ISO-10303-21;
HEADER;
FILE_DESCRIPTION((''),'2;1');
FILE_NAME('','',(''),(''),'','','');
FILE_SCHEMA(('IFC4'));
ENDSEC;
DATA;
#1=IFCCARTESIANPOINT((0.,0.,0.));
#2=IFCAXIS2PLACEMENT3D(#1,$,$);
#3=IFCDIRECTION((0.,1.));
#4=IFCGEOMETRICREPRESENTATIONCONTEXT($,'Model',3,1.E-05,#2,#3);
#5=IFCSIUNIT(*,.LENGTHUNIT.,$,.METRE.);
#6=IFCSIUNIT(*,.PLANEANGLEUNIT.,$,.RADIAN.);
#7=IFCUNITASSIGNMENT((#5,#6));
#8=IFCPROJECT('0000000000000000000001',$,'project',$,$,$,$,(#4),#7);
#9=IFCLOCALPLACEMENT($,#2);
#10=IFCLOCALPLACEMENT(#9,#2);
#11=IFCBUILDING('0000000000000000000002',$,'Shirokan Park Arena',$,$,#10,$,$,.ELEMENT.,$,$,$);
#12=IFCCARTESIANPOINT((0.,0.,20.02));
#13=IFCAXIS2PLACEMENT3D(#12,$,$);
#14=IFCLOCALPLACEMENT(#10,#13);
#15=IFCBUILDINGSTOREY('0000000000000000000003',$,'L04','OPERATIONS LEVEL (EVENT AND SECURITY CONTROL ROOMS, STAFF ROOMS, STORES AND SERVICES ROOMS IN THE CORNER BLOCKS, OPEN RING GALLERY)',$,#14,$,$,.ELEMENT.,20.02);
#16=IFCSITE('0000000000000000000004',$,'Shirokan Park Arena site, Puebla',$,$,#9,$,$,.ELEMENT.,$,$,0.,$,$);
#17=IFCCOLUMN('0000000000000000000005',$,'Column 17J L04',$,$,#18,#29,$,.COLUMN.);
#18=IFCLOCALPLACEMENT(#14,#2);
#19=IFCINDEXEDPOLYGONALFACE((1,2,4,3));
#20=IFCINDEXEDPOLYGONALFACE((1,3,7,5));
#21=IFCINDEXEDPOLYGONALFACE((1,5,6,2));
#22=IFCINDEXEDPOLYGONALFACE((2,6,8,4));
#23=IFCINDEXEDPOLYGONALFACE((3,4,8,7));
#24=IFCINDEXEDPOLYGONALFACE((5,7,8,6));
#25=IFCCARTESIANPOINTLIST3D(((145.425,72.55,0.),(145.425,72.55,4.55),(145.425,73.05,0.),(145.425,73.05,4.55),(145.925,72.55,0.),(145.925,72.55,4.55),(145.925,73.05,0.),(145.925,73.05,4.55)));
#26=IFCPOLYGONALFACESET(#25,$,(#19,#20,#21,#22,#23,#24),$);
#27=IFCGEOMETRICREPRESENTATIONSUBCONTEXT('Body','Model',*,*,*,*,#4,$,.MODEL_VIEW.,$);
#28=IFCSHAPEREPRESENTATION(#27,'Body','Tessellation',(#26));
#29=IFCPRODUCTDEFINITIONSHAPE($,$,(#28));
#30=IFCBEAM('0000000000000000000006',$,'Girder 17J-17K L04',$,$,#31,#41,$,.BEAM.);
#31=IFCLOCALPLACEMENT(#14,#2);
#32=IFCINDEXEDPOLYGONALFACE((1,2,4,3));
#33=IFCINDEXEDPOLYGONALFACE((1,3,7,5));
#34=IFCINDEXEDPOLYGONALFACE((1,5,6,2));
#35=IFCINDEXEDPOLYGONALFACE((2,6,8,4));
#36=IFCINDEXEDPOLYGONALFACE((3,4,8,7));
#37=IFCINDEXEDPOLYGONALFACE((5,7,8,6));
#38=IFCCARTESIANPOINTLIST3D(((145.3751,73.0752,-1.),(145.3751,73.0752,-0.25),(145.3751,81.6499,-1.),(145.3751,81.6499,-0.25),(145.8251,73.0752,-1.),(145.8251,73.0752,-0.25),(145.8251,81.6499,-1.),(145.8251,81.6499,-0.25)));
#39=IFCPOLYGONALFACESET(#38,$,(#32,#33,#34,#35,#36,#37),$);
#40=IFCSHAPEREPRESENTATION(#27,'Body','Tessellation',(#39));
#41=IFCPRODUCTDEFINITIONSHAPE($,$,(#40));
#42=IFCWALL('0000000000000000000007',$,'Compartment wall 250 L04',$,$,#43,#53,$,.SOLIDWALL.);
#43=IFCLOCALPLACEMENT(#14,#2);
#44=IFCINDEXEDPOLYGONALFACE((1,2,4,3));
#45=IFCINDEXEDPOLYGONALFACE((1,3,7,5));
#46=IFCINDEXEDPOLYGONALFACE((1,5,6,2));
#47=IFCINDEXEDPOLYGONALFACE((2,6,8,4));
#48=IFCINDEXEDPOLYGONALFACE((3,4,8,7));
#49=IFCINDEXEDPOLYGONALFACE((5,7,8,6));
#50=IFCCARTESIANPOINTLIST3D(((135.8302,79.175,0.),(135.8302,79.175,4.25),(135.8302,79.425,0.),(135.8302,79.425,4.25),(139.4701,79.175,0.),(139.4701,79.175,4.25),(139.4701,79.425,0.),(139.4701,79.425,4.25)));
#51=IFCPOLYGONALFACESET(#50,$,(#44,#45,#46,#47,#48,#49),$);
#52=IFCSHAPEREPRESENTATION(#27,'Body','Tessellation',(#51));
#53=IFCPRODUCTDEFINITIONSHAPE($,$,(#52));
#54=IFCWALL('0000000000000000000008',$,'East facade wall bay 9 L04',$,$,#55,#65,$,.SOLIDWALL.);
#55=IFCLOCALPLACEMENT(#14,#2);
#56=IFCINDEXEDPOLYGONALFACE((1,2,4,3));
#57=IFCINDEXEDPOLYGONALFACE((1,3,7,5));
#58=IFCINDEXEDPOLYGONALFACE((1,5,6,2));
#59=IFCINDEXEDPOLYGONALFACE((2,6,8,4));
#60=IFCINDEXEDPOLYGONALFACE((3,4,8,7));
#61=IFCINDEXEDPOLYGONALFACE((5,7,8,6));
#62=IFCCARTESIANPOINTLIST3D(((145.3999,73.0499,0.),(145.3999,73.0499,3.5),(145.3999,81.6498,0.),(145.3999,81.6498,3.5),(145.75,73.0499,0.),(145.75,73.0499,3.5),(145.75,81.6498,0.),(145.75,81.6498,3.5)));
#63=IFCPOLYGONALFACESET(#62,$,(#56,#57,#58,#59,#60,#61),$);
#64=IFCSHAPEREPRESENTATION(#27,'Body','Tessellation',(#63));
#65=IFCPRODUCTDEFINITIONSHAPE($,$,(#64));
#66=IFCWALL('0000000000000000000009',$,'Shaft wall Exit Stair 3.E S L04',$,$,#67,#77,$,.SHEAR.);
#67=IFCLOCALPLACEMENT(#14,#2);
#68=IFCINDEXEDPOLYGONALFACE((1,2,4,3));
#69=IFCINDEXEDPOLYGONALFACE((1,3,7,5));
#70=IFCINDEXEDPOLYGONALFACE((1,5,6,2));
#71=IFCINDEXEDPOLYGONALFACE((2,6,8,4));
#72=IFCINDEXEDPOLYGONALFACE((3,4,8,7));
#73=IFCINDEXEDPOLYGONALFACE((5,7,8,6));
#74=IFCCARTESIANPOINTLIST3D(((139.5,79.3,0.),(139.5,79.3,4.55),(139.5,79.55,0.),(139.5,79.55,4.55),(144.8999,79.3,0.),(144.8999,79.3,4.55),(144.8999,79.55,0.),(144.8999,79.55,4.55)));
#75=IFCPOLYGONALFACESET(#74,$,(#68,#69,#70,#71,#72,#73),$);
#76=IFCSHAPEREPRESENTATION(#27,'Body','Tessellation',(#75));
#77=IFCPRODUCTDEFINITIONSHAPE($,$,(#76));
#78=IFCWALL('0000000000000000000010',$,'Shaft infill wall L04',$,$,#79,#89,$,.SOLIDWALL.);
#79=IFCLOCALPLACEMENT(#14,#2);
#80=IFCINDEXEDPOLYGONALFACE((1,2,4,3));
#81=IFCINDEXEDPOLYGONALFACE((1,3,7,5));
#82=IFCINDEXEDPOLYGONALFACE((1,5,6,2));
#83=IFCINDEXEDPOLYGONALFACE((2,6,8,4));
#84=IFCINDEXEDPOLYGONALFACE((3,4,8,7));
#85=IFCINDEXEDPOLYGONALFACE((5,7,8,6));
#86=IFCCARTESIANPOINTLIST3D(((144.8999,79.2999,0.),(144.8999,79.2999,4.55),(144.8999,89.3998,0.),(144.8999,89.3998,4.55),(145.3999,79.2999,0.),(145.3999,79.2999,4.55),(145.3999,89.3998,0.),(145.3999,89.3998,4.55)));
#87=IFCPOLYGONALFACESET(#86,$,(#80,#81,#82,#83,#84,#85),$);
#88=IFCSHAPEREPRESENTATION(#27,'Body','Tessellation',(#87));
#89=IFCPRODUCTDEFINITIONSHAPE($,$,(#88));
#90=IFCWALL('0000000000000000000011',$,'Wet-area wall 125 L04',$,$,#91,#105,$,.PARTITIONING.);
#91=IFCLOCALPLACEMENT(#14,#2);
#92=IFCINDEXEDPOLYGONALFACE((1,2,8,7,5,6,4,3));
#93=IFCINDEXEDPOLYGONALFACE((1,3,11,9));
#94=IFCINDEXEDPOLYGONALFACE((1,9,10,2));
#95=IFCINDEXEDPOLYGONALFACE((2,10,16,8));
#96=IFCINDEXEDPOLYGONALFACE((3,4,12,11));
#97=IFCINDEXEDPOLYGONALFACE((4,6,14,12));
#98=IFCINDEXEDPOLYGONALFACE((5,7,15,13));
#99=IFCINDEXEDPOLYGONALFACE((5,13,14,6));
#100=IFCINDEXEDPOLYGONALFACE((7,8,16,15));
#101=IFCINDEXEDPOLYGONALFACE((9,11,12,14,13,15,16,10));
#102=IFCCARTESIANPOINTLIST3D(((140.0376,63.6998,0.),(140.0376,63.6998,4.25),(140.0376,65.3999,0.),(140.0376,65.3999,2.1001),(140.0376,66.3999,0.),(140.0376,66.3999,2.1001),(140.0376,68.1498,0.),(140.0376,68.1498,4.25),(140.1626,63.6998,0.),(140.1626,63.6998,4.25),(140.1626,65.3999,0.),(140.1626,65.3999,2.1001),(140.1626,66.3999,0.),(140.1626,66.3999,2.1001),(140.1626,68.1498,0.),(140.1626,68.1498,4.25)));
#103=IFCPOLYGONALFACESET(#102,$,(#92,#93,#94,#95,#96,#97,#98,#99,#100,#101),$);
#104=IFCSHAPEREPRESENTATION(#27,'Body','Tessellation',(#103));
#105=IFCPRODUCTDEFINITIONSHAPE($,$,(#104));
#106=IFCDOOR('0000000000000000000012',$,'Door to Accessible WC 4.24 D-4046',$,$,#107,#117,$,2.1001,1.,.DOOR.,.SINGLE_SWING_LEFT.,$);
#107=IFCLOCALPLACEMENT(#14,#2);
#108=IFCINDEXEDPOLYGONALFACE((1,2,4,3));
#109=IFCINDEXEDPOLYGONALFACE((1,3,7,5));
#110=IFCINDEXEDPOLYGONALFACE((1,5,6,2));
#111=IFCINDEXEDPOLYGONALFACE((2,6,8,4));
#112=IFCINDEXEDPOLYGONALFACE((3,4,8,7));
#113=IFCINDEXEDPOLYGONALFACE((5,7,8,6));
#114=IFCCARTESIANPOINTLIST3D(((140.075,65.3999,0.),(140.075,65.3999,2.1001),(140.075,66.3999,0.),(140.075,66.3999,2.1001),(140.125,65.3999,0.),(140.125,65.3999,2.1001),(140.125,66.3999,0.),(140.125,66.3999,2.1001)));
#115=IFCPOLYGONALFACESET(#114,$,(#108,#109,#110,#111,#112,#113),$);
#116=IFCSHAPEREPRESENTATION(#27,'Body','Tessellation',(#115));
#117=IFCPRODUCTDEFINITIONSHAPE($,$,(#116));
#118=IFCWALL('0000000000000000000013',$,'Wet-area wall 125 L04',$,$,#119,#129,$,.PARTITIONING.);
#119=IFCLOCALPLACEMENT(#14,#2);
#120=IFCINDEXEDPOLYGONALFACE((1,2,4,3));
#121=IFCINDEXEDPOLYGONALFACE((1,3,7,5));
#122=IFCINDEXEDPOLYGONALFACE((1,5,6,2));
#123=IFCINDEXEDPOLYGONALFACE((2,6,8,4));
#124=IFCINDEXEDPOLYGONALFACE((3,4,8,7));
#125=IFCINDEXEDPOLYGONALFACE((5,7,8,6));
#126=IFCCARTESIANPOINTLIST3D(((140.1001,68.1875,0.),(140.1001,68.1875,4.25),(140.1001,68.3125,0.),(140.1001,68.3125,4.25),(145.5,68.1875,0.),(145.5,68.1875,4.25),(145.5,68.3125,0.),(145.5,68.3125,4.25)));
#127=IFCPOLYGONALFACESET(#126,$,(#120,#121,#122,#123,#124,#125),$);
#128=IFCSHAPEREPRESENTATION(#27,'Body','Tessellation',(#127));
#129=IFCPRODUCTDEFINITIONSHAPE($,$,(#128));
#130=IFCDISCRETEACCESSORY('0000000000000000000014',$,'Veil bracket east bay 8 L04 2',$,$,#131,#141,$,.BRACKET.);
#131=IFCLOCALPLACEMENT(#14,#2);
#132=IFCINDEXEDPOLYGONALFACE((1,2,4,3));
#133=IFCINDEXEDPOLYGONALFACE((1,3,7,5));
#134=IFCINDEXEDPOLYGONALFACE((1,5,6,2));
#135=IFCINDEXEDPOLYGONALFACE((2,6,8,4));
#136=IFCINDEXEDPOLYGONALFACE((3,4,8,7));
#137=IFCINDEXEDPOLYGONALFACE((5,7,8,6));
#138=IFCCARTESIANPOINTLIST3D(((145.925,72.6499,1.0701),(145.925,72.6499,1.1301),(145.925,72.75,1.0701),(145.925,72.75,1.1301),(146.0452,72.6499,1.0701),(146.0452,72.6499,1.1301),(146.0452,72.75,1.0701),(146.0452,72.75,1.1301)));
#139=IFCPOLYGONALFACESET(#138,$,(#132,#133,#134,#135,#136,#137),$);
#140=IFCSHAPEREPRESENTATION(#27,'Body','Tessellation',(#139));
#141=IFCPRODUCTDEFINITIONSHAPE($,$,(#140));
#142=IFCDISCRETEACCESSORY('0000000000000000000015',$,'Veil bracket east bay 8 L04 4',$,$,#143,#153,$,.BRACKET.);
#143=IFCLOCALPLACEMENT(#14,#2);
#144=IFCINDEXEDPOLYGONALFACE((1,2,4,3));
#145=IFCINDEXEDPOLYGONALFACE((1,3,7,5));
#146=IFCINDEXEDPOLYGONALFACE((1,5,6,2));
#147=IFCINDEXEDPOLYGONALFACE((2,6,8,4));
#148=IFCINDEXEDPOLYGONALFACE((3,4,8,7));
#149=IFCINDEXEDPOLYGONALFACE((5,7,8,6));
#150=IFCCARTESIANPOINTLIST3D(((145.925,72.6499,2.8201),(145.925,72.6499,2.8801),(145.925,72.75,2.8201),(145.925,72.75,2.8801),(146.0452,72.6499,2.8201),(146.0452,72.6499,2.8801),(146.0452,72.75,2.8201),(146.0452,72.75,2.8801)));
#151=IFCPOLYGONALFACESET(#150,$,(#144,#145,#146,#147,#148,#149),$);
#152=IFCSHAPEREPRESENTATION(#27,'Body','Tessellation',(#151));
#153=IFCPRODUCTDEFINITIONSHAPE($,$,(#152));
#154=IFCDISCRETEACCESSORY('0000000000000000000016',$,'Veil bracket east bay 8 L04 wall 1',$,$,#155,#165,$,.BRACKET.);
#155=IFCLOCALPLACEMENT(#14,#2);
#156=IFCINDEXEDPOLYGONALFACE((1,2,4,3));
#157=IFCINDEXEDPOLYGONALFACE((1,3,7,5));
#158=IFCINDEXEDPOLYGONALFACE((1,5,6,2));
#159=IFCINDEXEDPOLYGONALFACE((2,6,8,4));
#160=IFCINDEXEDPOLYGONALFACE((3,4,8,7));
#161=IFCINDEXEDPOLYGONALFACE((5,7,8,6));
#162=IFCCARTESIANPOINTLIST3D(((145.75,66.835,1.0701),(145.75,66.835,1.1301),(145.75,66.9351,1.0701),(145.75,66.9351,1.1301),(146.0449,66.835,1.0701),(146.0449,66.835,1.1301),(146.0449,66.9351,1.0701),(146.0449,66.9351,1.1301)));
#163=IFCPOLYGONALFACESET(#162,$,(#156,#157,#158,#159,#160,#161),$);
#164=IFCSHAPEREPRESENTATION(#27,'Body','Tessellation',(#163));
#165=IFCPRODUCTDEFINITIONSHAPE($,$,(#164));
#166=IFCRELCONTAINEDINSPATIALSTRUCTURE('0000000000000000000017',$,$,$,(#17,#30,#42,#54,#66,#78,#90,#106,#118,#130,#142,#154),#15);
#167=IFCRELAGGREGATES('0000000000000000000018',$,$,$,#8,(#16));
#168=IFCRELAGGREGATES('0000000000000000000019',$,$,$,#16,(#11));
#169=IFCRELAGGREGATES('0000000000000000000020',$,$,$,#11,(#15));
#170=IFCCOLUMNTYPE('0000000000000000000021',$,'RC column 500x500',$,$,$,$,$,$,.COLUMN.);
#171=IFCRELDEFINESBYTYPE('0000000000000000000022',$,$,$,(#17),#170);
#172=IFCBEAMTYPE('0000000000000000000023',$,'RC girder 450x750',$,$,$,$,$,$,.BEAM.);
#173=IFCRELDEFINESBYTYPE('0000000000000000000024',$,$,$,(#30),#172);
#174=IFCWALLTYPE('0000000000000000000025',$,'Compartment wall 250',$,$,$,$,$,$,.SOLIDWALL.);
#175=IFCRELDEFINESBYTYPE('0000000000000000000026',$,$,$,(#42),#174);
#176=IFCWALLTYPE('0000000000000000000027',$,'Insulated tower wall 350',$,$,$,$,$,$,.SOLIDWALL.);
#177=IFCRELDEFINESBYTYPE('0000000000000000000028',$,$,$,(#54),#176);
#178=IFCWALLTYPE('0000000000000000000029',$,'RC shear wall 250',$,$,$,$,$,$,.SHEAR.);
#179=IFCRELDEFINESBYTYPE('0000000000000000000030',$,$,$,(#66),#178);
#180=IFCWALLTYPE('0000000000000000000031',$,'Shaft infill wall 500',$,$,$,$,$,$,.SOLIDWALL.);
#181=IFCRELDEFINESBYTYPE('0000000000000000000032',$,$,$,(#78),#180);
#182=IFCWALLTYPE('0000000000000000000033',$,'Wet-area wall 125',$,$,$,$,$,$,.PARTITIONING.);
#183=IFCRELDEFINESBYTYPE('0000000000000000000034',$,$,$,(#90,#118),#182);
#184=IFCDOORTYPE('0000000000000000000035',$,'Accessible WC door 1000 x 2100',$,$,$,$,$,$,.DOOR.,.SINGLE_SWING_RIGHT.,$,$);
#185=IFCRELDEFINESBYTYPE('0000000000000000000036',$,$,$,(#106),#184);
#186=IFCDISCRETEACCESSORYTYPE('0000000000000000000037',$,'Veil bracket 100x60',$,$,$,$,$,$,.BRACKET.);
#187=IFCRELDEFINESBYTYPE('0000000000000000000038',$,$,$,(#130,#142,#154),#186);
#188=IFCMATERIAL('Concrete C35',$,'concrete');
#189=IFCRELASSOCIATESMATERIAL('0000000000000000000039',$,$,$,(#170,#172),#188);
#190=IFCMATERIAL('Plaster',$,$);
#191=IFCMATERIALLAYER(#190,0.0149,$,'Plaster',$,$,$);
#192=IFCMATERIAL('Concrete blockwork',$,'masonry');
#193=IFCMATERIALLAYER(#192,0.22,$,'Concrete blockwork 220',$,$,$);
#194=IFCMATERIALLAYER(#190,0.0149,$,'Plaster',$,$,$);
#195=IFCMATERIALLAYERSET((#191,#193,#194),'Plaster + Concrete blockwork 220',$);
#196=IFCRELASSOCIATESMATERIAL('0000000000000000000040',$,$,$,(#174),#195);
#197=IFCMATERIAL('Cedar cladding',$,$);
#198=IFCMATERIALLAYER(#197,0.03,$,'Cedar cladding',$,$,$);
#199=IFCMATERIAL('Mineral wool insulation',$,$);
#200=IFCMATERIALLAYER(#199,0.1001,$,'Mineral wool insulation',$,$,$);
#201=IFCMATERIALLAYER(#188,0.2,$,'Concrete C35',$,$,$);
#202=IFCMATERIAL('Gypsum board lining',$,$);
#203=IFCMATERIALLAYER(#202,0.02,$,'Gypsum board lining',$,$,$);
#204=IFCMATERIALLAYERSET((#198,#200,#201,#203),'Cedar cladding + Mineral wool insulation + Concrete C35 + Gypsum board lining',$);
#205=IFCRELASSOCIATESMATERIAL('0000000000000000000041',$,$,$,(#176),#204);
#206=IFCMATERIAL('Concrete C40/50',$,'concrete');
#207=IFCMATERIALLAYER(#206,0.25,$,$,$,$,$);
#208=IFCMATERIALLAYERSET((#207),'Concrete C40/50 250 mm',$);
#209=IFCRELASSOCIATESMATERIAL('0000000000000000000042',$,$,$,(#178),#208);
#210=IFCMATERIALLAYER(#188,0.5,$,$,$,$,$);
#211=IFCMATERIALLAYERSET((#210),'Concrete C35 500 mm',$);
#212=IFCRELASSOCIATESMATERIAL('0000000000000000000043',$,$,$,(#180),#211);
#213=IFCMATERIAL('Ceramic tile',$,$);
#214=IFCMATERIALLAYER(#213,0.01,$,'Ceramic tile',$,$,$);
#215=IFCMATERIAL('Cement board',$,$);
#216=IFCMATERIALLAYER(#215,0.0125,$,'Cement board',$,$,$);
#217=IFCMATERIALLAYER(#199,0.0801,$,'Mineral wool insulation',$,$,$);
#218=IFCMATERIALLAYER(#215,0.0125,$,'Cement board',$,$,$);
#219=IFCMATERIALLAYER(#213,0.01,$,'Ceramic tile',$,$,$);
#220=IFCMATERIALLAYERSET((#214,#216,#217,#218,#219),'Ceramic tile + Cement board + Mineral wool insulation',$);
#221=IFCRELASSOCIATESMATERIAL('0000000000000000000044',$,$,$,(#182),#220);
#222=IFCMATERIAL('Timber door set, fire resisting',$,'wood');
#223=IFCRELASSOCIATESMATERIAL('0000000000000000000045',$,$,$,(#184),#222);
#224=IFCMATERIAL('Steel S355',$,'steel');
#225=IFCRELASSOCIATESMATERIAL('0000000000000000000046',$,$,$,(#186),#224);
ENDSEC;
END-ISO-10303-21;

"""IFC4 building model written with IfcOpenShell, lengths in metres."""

from ifc_helpers import new_model, si_unit, direction, frame, frame_2d, origin, origin_2d, place, context, subcontext, project, spatial, rectangle, extrude, material, layer, layer_set, material_profile, profile_set, type_object, element, fill, save


model = new_model("IFC4")

# Units and contexts
model_context = context("Model", 3, precision=1e-05, world=origin(), true_north=direction((0.0, 1.0)))
body_context = subcontext(model_context, "Body", "Model", "MODEL_VIEW")
ifc_project = project(units=[si_unit("LENGTHUNIT", "METRE"), si_unit("PLANEANGLEUNIT", "RADIAN")], contexts=[model_context])

# Site, building, storey
site_placement = place(None, origin())
site = spatial("IfcSite", under=ifc_project, at=site_placement, Name="Shirokan Park Arena site, Puebla", CompositionType="ELEMENT", RefElevation=0.0)
building_placement = place(site_placement, origin())
building = spatial("IfcBuilding", under=site, at=building_placement, Name="Shirokan Park Arena", CompositionType="ELEMENT")
storey_placement = place(building_placement, frame((0.0, 0.0, 20.02)))
storey = spatial("IfcBuildingStorey", under=building, at=storey_placement, Name="L04", Description="OPERATIONS LEVEL (EVENT AND SECURITY CONTROL ROOMS, STAFF ROOMS, STORES AND SERVICES ROOMS IN THE CORNER BLOCKS, OPEN RING GALLERY)", CompositionType="ELEMENT", Elevation=20.02)

# Column
ifc_material_1 = material(Name="Concrete C35", Category="concrete")
ifc_material_profile_1 = material_profile(ifc_material_1, rectangle(XDim=0.5, YDim=0.5, at=origin_2d()), Name="500x500")
ifc_profile_set_1 = profile_set([ifc_material_profile_1], Name="Concrete C35")
column_type = type_object("IfcColumnType", Name="RC column 500x500", PredefinedType="COLUMN", material=ifc_profile_set_1)
column_placement = place(storey_placement, frame((145.675, 72.8, 0.0), z_axis=(0.0, 0.0, 1.0), x_axis=(1.0, 0.0, 0.0)))
element("IfcColumn", 1, at=column_placement, inside=storey, type_object=column_type, Name="Column 17J L04", PredefinedType="COLUMN", context=body_context, shape_type="SweptSolid", body=[
    extrude(rectangle(XDim=0.5, YDim=0.5, at=origin_2d()), origin(), (0.0, 0.0, 1.0), 4.55),
])

# Beam
ifc_material_profile_2 = material_profile(ifc_material_1, rectangle(XDim=0.45, YDim=0.75, at=origin_2d()), Name="450x750")
ifc_profile_set_2 = profile_set([ifc_material_profile_2], Name="Concrete C35")
beam_type = type_object("IfcBeamType", Name="RC girder 450x750", PredefinedType="BEAM", material=ifc_profile_set_2)
beam_placement = place(storey_placement, frame((145.6001, 73.0752, -0.625), z_axis=(0.0, 1.0, 0.0), x_axis=(-1.0, 0.0, 0.0)))
element("IfcBeam", 2, at=beam_placement, inside=storey, type_object=beam_type, Name="Girder 17J-17K L04", PredefinedType="BEAM", context=body_context, shape_type="SweptSolid", body=[
    extrude(rectangle(XDim=0.45, YDim=0.75, at=origin_2d()), origin(), (0.0, 0.0, 1.0), 8.5747),
])

# Wall
ifc_material_2 = material(Name="Plaster")
ifc_layer_1 = layer(ifc_material_2, 0.0149, Name="Plaster")
ifc_material_3 = material(Name="Concrete blockwork", Category="masonry")
ifc_layer_2 = layer(ifc_material_3, 0.22, Name="Concrete blockwork 220")
ifc_layer_3 = layer(ifc_material_2, 0.0149, Name="Plaster")
ifc_layer_set_1 = layer_set([ifc_layer_1, ifc_layer_2, ifc_layer_3], Name="Plaster + Concrete blockwork 220")
wall_type_1 = type_object("IfcWallType", Name="Compartment wall 250", PredefinedType="SOLIDWALL", material=ifc_layer_set_1)
wall_1_placement = place(storey_placement, frame((139.47, 79.3, 0.0), z_axis=(0.0, 0.0, 1.0), x_axis=(-1.0, 0.0, 0.0)))
element("IfcWall", 3, at=wall_1_placement, inside=storey, type_object=wall_type_1, Name="Compartment wall 250 L04", PredefinedType="SOLIDWALL", context=body_context, shape_type="SweptSolid", body=[
    extrude(rectangle(XDim=3.6399, YDim=0.25, at=frame_2d((1.8198, 0.0))), origin(), (0.0, 0.0, 1.0), 4.25),
])

# Shared definitions
ifc_material_4 = material(Name="Mineral wool insulation")

# Walls
ifc_material_5 = material(Name="Cedar cladding")
ifc_layer_4 = layer(ifc_material_5, 0.03, Name="Cedar cladding")
ifc_layer_5 = layer(ifc_material_4, 0.1001, Name="Mineral wool insulation")
ifc_layer_6 = layer(ifc_material_1, 0.2, Name="Concrete C35")
ifc_material_6 = material(Name="Gypsum board lining")
ifc_layer_7 = layer(ifc_material_6, 0.02, Name="Gypsum board lining")
ifc_layer_set_2 = layer_set([ifc_layer_4, ifc_layer_5, ifc_layer_6, ifc_layer_7], Name="Cedar cladding + Mineral wool insulation + Concrete C35 + Gypsum board lining")
wall_type_2 = type_object("IfcWallType", Name="Insulated tower wall 350", PredefinedType="SOLIDWALL", material=ifc_layer_set_2)
wall_2_placement = place(storey_placement, frame((145.575, 73.05, 0.0), z_axis=(0.0, 0.0, 1.0), x_axis=(0.0, 1.0, 0.0)))
element("IfcWall", 4, at=wall_2_placement, inside=storey, type_object=wall_type_2, Name="East facade wall bay 9 L04", PredefinedType="SOLIDWALL", context=body_context, shape_type="SweptSolid", body=[
    extrude(rectangle(XDim=8.5999, YDim=0.3501, at=frame_2d((4.2998, 0.0))), origin(), (0.0, 0.0, 1.0), 3.5),
])
ifc_material_7 = material(Name="Concrete C40/50", Category="concrete")
ifc_layer_8 = layer(ifc_material_7, 0.25)
ifc_layer_set_3 = layer_set([ifc_layer_8], Name="Concrete C40/50 250 mm")
wall_type_3 = type_object("IfcWallType", Name="RC shear wall 250", PredefinedType="SHEAR", material=ifc_layer_set_3)
wall_3_placement = place(storey_placement, frame((144.8999, 79.425, 0.0), z_axis=(0.0, 0.0, 1.0), x_axis=(-1.0, 0.0, 0.0)))
element("IfcWall", 5, at=wall_3_placement, inside=storey, type_object=wall_type_3, Name="Shaft wall Exit Stair 3.E S L04", PredefinedType="SHEAR", context=body_context, shape_type="SweptSolid", body=[
    extrude(rectangle(XDim=5.3999, YDim=0.25, at=frame_2d((2.7, 0.0))), origin(), (0.0, 0.0, 1.0), 4.55),
])
ifc_layer_9 = layer(ifc_material_1, 0.5)
ifc_layer_set_4 = layer_set([ifc_layer_9], Name="Concrete C35 500 mm")
wall_type_4 = type_object("IfcWallType", Name="Shaft infill wall 500", PredefinedType="SOLIDWALL", material=ifc_layer_set_4)
wall_4_placement = place(storey_placement, frame((145.1499, 79.3, 0.0), z_axis=(0.0, 0.0, 1.0), x_axis=(0.0, 1.0, 0.0)))
element("IfcWall", 6, at=wall_4_placement, inside=storey, type_object=wall_type_4, Name="Shaft infill wall L04", PredefinedType="SOLIDWALL", context=body_context, shape_type="SweptSolid", body=[
    extrude(rectangle(XDim=10.0999, YDim=0.5, at=frame_2d((5.0498, 0.0))), origin(), (0.0, 0.0, 1.0), 4.55),
])

# Wall, opening, door
ifc_material_8 = material(Name="Ceramic tile")
ifc_layer_10 = layer(ifc_material_8, 0.01, Name="Ceramic tile")
ifc_material_9 = material(Name="Cement board")
ifc_layer_11 = layer(ifc_material_9, 0.0125, Name="Cement board")
ifc_layer_12 = layer(ifc_material_4, 0.0801, Name="Mineral wool insulation")
ifc_layer_13 = layer(ifc_material_9, 0.0125, Name="Cement board")
ifc_layer_14 = layer(ifc_material_8, 0.01, Name="Ceramic tile")
ifc_layer_set_5 = layer_set([ifc_layer_10, ifc_layer_11, ifc_layer_12, ifc_layer_13, ifc_layer_14], Name="Ceramic tile + Cement board + Mineral wool insulation")
wall_type_5 = type_object("IfcWallType", Name="Wet-area wall 125", PredefinedType="PARTITIONING", material=ifc_layer_set_5)
wall_5_placement = place(storey_placement, frame((140.1001, 68.1499, 0.0), z_axis=(0.0, 0.0, 1.0), x_axis=(0.0, -1.0, 0.0)))
wall_5 = element("IfcWall", 7, at=wall_5_placement, inside=storey, type_object=wall_type_5, Name="Wet-area wall 125 L04", PredefinedType="PARTITIONING", context=body_context, shape_type="SweptSolid", body=[
    extrude(rectangle(XDim=4.45, YDim=0.125, at=frame_2d((2.2251, 0.0))), origin(), (0.0, 0.0, 1.0), 4.25),
])
opening_1_placement = place(wall_5_placement, frame((1.75, 0.0, 0.0)))
opening_1 = element("IfcOpeningElement", 8, at=opening_1_placement, cuts=wall_5, PredefinedType="OPENING", context=body_context, shape_type="SweptSolid", body=[
    extrude(rectangle(XDim=1.0, YDim=2.1001, at=frame_2d((0.5, 1.05))), frame((0.0, 0.0725, 0.0), z_axis=(0.0, -1.0, 0.0), x_axis=(1.0, 0.0, 0.0)), (0.0, 0.0, 1.0), 0.145),
])
ifc_material_10 = material(Name="Timber door set, fire resisting", Category="wood")
door_type_1 = type_object("IfcDoorType", Name="Accessible WC door 1000 x 2100", OperationType="SINGLE_SWING_RIGHT", PredefinedType="DOOR", material=ifc_material_10)
door_1_placement = place(opening_1_placement, origin())
door_1 = element("IfcDoor", 9, at=door_1_placement, inside=storey, type_object=door_type_1, Name="Door to Accessible WC 4.24 D-4046", OperationType="SINGLE_SWING_LEFT", OverallHeight=2.1001, OverallWidth=1.0, PredefinedType="DOOR", context=body_context, shape_type="SweptSolid", body=[
    extrude(rectangle(XDim=1.0, YDim=2.1001, at=frame_2d((0.5, 1.05))), frame((0.0, 0.0249, 0.0), z_axis=(0.0, -1.0, 0.0), x_axis=(1.0, 0.0, 0.0)), (0.0, 0.0, 1.0), 0.05),
])
fill(opening_1, door_1)

# Wall
wall_6_placement = place(storey_placement, frame((145.5, 68.25, 0.0), z_axis=(0.0, 0.0, 1.0), x_axis=(-1.0, 0.0, 0.0)))
element("IfcWall", 10, at=wall_6_placement, inside=storey, type_object=wall_type_5, Name="Wet-area wall 125 L04", PredefinedType="PARTITIONING", context=body_context, shape_type="SweptSolid", body=[
    extrude(rectangle(XDim=5.3999, YDim=0.125, at=frame_2d((2.7, 0.0))), origin(), (0.0, 0.0, 1.0), 4.25),
])

# Discrete accessories
ifc_material_11 = material(Name="Steel S355", Category="steel")
discrete_accessory_type = type_object("IfcDiscreteAccessoryType", Name="Veil bracket 100x60", PredefinedType="BRACKET", material=ifc_material_11)
for number, where, z_axis, x_axis, name in (
    (11, (145.9851, 72.7, 1.0701), (0.0, 0.0, 1.0), (0.0, 1.0, 0.0), "Veil bracket east bay 8 L04 2"),
    (12, (145.9851, 72.7, 2.8201), (0.0, 0.0, 1.0), (0.0, 1.0, 0.0), "Veil bracket east bay 8 L04 4"),
):
    element("IfcDiscreteAccessory", number, at=place(storey_placement, frame(where, z_axis=z_axis, x_axis=x_axis)), inside=storey, type_object=discrete_accessory_type, Name=name, PredefinedType="BRACKET", context=body_context, shape_type="SweptSolid", body=[
        extrude(rectangle(XDim=0.1001, YDim=0.1201, at=origin_2d()), origin(), (0.0, 0.0, 1.0), 0.0601),
    ])
for number, where, z_axis, x_axis, name in (
    (13, (145.8975, 66.885, 1.0701), (0.0, 0.0, 1.0), (0.0, 1.0, 0.0), "Veil bracket east bay 8 L04 wall 1"),
):
    element("IfcDiscreteAccessory", number, at=place(storey_placement, frame(where, z_axis=z_axis, x_axis=x_axis)), inside=storey, type_object=discrete_accessory_type, Name=name, PredefinedType="BRACKET", context=body_context, shape_type="SweptSolid", body=[
        extrude(rectangle(XDim=0.1001, YDim=0.2949, at=origin_2d()), origin(), (0.0, 0.0, 1.0), 0.0601),
    ])

save(model, "model.ifc")
